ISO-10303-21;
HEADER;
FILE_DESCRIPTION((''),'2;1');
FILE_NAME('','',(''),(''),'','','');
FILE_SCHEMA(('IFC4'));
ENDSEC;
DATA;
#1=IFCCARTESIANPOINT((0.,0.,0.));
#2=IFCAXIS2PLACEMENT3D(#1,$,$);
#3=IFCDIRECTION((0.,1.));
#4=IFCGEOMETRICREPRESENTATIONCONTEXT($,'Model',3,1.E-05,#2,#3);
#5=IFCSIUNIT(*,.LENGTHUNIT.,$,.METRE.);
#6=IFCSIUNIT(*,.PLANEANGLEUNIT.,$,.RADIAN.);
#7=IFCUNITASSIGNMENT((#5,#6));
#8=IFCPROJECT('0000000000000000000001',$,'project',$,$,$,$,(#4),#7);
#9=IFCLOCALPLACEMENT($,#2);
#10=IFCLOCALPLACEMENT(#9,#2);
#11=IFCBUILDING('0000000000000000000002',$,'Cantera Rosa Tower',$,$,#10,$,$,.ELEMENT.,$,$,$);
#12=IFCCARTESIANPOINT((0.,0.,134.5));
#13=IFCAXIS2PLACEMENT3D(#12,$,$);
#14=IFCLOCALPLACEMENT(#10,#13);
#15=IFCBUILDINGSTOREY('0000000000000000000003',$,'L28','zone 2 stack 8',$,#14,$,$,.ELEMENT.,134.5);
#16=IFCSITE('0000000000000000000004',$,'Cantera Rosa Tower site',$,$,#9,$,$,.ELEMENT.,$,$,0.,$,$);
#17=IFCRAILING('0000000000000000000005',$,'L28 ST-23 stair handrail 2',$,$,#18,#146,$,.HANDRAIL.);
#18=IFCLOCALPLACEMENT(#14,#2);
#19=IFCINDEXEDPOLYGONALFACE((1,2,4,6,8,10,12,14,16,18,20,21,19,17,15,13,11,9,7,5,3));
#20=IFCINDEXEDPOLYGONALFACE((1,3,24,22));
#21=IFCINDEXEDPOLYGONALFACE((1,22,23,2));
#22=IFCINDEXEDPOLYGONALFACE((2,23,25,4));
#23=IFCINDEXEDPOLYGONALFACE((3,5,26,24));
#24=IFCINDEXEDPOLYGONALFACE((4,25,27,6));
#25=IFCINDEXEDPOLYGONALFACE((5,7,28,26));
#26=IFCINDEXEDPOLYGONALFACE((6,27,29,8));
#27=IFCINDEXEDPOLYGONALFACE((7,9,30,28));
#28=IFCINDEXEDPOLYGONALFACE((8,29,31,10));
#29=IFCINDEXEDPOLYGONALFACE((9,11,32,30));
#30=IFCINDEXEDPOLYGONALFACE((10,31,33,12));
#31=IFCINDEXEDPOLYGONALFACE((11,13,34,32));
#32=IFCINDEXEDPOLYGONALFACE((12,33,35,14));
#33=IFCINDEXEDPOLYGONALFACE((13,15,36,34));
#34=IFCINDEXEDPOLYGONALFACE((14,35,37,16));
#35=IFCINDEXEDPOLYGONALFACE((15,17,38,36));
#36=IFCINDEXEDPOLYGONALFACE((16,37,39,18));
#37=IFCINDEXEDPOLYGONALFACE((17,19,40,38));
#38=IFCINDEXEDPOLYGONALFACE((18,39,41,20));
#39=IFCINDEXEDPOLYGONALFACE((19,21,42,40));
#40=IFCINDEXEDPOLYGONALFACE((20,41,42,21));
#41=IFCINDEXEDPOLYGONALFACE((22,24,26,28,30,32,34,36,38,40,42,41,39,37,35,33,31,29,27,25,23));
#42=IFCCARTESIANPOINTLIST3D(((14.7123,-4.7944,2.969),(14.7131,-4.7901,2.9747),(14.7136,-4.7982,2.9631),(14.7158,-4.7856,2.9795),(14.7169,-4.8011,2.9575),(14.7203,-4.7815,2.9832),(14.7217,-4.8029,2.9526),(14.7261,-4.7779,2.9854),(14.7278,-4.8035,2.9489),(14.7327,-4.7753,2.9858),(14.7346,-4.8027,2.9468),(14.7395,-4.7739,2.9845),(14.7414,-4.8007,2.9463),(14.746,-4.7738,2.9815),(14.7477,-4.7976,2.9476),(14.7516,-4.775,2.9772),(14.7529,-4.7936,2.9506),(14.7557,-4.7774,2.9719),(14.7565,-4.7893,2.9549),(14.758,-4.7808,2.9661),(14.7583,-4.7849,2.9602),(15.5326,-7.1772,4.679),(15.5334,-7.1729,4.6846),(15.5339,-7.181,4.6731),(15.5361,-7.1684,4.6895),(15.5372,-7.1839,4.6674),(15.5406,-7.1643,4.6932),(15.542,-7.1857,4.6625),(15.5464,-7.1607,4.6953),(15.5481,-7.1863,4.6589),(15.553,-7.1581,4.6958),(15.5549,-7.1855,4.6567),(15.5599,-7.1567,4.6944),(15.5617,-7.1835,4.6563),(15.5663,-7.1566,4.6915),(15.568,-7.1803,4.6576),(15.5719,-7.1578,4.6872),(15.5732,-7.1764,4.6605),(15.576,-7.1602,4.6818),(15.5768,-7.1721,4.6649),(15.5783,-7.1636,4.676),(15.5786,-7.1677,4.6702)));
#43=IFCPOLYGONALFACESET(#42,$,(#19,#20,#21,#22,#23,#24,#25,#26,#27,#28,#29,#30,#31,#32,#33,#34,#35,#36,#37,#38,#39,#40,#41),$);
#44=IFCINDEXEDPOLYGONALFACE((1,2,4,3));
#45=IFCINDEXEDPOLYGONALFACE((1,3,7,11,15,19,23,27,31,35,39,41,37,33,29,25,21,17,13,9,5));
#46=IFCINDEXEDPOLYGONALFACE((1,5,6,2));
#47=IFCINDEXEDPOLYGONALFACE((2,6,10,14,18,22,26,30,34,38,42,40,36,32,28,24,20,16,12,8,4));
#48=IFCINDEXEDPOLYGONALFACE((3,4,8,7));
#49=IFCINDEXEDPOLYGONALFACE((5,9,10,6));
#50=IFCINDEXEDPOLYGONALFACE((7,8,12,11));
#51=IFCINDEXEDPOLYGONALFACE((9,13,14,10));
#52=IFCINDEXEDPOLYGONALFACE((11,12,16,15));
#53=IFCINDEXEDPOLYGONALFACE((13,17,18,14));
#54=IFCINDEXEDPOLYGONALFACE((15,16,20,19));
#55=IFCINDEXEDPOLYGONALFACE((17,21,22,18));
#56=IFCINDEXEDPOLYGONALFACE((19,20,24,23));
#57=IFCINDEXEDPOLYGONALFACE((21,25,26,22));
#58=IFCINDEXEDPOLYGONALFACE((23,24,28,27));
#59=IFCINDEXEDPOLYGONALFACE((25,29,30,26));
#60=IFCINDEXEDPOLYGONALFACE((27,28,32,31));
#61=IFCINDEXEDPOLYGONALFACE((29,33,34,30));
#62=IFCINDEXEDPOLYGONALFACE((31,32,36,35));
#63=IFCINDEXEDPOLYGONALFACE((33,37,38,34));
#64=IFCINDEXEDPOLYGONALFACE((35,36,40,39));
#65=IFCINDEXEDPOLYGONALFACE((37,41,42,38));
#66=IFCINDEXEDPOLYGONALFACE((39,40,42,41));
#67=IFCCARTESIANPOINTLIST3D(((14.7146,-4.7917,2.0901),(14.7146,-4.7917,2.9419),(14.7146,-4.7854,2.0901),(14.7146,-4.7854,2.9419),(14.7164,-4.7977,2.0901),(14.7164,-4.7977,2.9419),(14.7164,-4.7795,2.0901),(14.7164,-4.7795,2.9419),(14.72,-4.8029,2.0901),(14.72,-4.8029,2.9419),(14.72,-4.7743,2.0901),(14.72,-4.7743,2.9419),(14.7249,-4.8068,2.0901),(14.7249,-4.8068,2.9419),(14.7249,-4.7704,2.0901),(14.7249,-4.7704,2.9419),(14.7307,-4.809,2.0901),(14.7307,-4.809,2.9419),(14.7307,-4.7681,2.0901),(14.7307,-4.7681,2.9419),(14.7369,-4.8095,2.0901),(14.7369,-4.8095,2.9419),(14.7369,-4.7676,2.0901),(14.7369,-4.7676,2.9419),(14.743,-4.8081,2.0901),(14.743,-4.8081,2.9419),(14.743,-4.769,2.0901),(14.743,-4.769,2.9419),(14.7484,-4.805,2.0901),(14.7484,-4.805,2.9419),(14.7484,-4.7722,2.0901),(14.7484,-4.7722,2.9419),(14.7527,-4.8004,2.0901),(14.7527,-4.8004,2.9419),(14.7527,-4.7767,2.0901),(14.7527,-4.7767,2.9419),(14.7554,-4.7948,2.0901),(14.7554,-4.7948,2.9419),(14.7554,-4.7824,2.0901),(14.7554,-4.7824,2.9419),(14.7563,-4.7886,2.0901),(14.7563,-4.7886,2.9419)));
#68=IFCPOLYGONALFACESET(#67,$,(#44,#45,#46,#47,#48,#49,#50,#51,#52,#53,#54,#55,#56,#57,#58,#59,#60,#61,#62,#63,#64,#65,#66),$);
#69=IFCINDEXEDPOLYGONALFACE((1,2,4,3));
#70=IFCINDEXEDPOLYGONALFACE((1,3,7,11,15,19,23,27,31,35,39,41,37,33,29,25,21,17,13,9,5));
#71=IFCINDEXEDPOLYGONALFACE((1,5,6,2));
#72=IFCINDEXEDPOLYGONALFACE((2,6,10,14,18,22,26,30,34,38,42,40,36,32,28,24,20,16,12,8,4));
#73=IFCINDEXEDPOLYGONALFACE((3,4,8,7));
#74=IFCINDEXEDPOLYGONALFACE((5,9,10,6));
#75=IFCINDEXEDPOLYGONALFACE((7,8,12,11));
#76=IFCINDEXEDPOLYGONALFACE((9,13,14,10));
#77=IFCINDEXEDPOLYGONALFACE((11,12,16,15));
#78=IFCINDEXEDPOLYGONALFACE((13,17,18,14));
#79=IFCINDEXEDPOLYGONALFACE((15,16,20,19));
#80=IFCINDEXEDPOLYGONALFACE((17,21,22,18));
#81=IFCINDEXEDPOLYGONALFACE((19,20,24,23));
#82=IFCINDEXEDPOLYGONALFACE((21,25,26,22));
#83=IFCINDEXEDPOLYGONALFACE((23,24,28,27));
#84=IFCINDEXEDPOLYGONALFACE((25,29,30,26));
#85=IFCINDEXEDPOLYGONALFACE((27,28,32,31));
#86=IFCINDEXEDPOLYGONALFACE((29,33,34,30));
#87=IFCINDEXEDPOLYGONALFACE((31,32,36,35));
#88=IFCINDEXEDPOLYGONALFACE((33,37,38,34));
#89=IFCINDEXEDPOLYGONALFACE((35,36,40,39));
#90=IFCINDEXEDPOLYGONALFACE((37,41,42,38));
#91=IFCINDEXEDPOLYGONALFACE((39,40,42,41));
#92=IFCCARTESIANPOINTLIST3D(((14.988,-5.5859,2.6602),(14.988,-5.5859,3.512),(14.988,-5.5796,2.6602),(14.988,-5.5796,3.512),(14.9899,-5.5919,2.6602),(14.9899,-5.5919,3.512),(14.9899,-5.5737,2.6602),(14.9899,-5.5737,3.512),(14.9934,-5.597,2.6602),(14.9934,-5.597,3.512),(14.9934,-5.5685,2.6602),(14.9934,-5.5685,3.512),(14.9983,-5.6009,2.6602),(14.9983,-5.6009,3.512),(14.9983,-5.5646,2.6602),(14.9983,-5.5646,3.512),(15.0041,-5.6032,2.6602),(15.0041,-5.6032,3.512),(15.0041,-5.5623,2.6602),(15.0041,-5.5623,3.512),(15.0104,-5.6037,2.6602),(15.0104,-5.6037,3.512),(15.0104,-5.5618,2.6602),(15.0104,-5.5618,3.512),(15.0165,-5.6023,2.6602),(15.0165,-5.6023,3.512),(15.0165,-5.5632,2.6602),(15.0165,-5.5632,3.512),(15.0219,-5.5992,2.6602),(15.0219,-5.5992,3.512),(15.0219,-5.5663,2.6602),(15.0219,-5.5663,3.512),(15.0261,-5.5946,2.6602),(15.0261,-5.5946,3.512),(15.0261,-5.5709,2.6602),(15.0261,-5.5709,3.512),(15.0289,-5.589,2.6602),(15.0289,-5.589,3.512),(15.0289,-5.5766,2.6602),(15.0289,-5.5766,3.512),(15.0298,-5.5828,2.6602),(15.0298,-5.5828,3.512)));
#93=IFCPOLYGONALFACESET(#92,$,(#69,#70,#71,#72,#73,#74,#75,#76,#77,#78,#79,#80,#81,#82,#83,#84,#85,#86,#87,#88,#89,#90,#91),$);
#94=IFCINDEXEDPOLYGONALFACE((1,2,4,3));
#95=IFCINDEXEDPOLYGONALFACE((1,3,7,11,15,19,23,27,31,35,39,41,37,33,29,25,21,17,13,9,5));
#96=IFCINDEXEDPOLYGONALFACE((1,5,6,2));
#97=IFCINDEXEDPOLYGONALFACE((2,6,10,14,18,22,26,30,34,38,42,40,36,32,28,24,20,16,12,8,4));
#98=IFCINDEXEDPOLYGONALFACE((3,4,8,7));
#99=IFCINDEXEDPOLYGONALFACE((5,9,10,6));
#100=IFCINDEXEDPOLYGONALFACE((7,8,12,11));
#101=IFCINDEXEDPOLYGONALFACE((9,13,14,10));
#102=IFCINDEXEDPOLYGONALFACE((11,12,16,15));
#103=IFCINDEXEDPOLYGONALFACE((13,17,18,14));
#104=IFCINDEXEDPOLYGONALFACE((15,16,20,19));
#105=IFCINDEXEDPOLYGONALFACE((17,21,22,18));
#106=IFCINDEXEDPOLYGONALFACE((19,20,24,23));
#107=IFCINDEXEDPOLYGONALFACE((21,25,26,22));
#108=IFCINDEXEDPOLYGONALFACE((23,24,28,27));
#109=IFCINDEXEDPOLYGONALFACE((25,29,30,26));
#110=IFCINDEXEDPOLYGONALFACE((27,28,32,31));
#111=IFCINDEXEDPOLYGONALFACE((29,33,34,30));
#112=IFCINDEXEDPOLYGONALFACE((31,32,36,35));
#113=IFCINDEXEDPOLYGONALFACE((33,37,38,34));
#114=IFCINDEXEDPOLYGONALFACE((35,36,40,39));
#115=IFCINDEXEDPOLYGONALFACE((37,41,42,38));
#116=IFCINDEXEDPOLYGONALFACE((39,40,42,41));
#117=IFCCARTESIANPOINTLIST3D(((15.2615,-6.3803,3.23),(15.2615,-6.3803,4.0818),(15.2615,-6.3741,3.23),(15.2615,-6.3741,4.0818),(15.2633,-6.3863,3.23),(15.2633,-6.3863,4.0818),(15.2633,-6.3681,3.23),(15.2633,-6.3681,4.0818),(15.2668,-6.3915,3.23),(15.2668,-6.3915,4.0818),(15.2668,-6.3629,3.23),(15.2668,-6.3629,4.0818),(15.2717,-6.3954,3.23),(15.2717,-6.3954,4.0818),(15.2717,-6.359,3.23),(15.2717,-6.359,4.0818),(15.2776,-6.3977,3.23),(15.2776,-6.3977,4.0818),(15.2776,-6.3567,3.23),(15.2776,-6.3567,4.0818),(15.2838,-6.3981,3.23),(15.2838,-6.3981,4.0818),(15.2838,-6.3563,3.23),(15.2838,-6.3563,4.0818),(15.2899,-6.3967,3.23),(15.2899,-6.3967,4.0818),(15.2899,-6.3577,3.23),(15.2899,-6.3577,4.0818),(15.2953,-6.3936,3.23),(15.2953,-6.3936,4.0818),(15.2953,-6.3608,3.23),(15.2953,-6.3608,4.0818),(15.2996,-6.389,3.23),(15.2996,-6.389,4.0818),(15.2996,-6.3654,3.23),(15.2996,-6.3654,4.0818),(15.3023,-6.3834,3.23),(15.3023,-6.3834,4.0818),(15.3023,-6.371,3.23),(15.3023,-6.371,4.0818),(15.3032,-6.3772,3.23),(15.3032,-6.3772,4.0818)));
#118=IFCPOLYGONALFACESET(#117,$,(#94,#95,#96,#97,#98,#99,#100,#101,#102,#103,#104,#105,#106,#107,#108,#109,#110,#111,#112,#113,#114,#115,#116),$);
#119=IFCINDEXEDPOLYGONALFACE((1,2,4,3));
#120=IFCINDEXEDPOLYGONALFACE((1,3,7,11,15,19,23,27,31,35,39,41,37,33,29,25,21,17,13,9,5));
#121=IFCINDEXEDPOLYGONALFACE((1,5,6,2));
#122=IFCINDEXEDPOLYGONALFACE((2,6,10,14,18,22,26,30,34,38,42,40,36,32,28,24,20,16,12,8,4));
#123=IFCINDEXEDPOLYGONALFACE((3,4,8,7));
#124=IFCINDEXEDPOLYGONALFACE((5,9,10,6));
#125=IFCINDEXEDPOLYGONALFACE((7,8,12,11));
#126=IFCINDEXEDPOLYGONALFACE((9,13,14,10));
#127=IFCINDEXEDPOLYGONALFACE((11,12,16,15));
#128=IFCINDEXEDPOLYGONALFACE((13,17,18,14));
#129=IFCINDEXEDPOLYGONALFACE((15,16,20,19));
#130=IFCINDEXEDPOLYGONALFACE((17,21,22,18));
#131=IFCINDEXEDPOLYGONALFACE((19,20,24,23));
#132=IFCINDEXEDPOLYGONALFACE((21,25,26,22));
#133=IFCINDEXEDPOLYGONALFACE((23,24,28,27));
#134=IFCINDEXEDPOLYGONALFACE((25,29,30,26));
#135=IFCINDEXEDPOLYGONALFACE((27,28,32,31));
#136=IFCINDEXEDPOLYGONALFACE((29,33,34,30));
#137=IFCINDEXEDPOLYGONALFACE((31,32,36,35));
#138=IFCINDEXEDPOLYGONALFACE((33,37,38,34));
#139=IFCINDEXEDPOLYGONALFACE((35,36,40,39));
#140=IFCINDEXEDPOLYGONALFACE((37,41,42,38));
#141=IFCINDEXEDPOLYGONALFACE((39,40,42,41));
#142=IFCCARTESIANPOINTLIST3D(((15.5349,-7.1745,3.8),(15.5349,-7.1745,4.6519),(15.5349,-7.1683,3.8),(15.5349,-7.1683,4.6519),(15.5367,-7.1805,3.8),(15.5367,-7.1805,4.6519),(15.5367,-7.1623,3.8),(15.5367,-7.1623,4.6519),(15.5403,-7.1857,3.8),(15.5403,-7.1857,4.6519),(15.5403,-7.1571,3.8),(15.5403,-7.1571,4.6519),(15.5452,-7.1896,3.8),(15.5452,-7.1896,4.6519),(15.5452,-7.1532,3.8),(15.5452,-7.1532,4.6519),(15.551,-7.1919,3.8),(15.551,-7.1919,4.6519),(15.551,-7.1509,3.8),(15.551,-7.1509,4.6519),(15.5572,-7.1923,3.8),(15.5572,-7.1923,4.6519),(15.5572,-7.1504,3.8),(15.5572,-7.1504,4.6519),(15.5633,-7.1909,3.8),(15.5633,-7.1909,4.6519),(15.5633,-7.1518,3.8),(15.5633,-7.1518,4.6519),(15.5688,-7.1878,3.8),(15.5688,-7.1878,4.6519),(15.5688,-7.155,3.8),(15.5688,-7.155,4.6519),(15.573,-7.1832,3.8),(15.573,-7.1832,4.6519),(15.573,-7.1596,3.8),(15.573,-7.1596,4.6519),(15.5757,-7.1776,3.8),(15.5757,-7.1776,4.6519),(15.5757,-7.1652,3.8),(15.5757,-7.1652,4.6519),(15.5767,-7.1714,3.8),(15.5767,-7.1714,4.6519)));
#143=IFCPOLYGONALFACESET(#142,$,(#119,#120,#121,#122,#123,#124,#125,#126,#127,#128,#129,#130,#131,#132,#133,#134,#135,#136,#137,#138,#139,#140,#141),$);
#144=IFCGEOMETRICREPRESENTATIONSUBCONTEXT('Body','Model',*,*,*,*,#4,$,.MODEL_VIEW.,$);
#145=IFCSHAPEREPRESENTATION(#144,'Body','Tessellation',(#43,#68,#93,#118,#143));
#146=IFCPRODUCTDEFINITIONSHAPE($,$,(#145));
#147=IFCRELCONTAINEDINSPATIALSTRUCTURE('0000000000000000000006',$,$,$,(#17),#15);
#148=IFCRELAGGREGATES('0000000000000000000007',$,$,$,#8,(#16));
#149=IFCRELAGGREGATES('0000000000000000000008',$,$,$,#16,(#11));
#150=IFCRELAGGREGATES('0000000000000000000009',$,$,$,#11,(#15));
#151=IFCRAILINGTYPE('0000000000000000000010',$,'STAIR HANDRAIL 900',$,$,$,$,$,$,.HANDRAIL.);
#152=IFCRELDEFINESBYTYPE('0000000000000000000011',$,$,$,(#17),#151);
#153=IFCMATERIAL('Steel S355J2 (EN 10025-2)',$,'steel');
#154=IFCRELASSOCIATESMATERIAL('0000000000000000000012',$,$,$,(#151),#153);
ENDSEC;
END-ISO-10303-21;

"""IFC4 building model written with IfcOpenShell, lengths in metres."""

from ifc_helpers import new_model, si_unit, direction, frame, origin, origin_2d, place, context, subcontext, project, spatial, circle, extrude, material, type_object, element, save


model = new_model("IFC4")

# Units and contexts
model_context = context("Model", 3, precision=1e-05, world=origin(), true_north=direction((0.0, 1.0)))
body_context = subcontext(model_context, "Body", "Model", "MODEL_VIEW")
ifc_project = project(units=[si_unit("LENGTHUNIT", "METRE"), si_unit("PLANEANGLEUNIT", "RADIAN")], contexts=[model_context])

# Site, building, storey
site_placement = place(None, origin())
site = spatial("IfcSite", under=ifc_project, at=site_placement, Name="Cantera Rosa Tower site", CompositionType="ELEMENT", RefElevation=0.0)
building_placement = place(site_placement, origin())
building = spatial("IfcBuilding", under=site, at=building_placement, Name="Cantera Rosa Tower", CompositionType="ELEMENT")
storey_placement = place(building_placement, frame((0.0, 0.0, 134.5)))
storey = spatial("IfcBuildingStorey", under=building, at=storey_placement, Name="L28", Description="zone 2 stack 8", CompositionType="ELEMENT", Elevation=134.5)

# Railing
ifc_material_1 = material(Name="Steel S355J2 (EN 10025-2)", Category="steel")
railing_type = type_object("IfcRailingType", Name="STAIR HANDRAIL 900", PredefinedType="HANDRAIL", material=ifc_material_1)
railing_placement = place(storey_placement, frame((14.7354, -4.7886, 2.0901)))
element("IfcRailing", 1, at=railing_placement, inside=storey, type_object=railing_type, Name="L28 ST-23 stair handrail 2", PredefinedType="HANDRAIL", context=body_context, shape_type="SweptSolid", body=[
    extrude(circle(Radius=0.0239, at=origin_2d()), frame((0.0, 0.0, 0.876), z_axis=(0.269358, -0.782421, 0.561483), x_axis=(0.945538, 0.325513, 0.0)), (0.0, 0.0, 1.0), 3.0454),
    extrude(circle(Radius=0.021, at=origin_2d()), origin(), (0.0, 0.0, 1.0), 0.8518),
    extrude(circle(Radius=0.021, at=origin_2d()), frame((0.2734, -0.7942, 0.5701)), (0.0, 0.0, 1.0), 0.8518),
    extrude(circle(Radius=0.021, at=origin_2d()), frame((0.5469, -1.5886, 1.1399)), (0.0, 0.0, 1.0), 0.8518),
    extrude(circle(Radius=0.021, at=origin_2d()), frame((0.8203, -2.3828, 1.71)), (0.0, 0.0, 1.0), 0.8518),
])

save(model, "model.ifc")
